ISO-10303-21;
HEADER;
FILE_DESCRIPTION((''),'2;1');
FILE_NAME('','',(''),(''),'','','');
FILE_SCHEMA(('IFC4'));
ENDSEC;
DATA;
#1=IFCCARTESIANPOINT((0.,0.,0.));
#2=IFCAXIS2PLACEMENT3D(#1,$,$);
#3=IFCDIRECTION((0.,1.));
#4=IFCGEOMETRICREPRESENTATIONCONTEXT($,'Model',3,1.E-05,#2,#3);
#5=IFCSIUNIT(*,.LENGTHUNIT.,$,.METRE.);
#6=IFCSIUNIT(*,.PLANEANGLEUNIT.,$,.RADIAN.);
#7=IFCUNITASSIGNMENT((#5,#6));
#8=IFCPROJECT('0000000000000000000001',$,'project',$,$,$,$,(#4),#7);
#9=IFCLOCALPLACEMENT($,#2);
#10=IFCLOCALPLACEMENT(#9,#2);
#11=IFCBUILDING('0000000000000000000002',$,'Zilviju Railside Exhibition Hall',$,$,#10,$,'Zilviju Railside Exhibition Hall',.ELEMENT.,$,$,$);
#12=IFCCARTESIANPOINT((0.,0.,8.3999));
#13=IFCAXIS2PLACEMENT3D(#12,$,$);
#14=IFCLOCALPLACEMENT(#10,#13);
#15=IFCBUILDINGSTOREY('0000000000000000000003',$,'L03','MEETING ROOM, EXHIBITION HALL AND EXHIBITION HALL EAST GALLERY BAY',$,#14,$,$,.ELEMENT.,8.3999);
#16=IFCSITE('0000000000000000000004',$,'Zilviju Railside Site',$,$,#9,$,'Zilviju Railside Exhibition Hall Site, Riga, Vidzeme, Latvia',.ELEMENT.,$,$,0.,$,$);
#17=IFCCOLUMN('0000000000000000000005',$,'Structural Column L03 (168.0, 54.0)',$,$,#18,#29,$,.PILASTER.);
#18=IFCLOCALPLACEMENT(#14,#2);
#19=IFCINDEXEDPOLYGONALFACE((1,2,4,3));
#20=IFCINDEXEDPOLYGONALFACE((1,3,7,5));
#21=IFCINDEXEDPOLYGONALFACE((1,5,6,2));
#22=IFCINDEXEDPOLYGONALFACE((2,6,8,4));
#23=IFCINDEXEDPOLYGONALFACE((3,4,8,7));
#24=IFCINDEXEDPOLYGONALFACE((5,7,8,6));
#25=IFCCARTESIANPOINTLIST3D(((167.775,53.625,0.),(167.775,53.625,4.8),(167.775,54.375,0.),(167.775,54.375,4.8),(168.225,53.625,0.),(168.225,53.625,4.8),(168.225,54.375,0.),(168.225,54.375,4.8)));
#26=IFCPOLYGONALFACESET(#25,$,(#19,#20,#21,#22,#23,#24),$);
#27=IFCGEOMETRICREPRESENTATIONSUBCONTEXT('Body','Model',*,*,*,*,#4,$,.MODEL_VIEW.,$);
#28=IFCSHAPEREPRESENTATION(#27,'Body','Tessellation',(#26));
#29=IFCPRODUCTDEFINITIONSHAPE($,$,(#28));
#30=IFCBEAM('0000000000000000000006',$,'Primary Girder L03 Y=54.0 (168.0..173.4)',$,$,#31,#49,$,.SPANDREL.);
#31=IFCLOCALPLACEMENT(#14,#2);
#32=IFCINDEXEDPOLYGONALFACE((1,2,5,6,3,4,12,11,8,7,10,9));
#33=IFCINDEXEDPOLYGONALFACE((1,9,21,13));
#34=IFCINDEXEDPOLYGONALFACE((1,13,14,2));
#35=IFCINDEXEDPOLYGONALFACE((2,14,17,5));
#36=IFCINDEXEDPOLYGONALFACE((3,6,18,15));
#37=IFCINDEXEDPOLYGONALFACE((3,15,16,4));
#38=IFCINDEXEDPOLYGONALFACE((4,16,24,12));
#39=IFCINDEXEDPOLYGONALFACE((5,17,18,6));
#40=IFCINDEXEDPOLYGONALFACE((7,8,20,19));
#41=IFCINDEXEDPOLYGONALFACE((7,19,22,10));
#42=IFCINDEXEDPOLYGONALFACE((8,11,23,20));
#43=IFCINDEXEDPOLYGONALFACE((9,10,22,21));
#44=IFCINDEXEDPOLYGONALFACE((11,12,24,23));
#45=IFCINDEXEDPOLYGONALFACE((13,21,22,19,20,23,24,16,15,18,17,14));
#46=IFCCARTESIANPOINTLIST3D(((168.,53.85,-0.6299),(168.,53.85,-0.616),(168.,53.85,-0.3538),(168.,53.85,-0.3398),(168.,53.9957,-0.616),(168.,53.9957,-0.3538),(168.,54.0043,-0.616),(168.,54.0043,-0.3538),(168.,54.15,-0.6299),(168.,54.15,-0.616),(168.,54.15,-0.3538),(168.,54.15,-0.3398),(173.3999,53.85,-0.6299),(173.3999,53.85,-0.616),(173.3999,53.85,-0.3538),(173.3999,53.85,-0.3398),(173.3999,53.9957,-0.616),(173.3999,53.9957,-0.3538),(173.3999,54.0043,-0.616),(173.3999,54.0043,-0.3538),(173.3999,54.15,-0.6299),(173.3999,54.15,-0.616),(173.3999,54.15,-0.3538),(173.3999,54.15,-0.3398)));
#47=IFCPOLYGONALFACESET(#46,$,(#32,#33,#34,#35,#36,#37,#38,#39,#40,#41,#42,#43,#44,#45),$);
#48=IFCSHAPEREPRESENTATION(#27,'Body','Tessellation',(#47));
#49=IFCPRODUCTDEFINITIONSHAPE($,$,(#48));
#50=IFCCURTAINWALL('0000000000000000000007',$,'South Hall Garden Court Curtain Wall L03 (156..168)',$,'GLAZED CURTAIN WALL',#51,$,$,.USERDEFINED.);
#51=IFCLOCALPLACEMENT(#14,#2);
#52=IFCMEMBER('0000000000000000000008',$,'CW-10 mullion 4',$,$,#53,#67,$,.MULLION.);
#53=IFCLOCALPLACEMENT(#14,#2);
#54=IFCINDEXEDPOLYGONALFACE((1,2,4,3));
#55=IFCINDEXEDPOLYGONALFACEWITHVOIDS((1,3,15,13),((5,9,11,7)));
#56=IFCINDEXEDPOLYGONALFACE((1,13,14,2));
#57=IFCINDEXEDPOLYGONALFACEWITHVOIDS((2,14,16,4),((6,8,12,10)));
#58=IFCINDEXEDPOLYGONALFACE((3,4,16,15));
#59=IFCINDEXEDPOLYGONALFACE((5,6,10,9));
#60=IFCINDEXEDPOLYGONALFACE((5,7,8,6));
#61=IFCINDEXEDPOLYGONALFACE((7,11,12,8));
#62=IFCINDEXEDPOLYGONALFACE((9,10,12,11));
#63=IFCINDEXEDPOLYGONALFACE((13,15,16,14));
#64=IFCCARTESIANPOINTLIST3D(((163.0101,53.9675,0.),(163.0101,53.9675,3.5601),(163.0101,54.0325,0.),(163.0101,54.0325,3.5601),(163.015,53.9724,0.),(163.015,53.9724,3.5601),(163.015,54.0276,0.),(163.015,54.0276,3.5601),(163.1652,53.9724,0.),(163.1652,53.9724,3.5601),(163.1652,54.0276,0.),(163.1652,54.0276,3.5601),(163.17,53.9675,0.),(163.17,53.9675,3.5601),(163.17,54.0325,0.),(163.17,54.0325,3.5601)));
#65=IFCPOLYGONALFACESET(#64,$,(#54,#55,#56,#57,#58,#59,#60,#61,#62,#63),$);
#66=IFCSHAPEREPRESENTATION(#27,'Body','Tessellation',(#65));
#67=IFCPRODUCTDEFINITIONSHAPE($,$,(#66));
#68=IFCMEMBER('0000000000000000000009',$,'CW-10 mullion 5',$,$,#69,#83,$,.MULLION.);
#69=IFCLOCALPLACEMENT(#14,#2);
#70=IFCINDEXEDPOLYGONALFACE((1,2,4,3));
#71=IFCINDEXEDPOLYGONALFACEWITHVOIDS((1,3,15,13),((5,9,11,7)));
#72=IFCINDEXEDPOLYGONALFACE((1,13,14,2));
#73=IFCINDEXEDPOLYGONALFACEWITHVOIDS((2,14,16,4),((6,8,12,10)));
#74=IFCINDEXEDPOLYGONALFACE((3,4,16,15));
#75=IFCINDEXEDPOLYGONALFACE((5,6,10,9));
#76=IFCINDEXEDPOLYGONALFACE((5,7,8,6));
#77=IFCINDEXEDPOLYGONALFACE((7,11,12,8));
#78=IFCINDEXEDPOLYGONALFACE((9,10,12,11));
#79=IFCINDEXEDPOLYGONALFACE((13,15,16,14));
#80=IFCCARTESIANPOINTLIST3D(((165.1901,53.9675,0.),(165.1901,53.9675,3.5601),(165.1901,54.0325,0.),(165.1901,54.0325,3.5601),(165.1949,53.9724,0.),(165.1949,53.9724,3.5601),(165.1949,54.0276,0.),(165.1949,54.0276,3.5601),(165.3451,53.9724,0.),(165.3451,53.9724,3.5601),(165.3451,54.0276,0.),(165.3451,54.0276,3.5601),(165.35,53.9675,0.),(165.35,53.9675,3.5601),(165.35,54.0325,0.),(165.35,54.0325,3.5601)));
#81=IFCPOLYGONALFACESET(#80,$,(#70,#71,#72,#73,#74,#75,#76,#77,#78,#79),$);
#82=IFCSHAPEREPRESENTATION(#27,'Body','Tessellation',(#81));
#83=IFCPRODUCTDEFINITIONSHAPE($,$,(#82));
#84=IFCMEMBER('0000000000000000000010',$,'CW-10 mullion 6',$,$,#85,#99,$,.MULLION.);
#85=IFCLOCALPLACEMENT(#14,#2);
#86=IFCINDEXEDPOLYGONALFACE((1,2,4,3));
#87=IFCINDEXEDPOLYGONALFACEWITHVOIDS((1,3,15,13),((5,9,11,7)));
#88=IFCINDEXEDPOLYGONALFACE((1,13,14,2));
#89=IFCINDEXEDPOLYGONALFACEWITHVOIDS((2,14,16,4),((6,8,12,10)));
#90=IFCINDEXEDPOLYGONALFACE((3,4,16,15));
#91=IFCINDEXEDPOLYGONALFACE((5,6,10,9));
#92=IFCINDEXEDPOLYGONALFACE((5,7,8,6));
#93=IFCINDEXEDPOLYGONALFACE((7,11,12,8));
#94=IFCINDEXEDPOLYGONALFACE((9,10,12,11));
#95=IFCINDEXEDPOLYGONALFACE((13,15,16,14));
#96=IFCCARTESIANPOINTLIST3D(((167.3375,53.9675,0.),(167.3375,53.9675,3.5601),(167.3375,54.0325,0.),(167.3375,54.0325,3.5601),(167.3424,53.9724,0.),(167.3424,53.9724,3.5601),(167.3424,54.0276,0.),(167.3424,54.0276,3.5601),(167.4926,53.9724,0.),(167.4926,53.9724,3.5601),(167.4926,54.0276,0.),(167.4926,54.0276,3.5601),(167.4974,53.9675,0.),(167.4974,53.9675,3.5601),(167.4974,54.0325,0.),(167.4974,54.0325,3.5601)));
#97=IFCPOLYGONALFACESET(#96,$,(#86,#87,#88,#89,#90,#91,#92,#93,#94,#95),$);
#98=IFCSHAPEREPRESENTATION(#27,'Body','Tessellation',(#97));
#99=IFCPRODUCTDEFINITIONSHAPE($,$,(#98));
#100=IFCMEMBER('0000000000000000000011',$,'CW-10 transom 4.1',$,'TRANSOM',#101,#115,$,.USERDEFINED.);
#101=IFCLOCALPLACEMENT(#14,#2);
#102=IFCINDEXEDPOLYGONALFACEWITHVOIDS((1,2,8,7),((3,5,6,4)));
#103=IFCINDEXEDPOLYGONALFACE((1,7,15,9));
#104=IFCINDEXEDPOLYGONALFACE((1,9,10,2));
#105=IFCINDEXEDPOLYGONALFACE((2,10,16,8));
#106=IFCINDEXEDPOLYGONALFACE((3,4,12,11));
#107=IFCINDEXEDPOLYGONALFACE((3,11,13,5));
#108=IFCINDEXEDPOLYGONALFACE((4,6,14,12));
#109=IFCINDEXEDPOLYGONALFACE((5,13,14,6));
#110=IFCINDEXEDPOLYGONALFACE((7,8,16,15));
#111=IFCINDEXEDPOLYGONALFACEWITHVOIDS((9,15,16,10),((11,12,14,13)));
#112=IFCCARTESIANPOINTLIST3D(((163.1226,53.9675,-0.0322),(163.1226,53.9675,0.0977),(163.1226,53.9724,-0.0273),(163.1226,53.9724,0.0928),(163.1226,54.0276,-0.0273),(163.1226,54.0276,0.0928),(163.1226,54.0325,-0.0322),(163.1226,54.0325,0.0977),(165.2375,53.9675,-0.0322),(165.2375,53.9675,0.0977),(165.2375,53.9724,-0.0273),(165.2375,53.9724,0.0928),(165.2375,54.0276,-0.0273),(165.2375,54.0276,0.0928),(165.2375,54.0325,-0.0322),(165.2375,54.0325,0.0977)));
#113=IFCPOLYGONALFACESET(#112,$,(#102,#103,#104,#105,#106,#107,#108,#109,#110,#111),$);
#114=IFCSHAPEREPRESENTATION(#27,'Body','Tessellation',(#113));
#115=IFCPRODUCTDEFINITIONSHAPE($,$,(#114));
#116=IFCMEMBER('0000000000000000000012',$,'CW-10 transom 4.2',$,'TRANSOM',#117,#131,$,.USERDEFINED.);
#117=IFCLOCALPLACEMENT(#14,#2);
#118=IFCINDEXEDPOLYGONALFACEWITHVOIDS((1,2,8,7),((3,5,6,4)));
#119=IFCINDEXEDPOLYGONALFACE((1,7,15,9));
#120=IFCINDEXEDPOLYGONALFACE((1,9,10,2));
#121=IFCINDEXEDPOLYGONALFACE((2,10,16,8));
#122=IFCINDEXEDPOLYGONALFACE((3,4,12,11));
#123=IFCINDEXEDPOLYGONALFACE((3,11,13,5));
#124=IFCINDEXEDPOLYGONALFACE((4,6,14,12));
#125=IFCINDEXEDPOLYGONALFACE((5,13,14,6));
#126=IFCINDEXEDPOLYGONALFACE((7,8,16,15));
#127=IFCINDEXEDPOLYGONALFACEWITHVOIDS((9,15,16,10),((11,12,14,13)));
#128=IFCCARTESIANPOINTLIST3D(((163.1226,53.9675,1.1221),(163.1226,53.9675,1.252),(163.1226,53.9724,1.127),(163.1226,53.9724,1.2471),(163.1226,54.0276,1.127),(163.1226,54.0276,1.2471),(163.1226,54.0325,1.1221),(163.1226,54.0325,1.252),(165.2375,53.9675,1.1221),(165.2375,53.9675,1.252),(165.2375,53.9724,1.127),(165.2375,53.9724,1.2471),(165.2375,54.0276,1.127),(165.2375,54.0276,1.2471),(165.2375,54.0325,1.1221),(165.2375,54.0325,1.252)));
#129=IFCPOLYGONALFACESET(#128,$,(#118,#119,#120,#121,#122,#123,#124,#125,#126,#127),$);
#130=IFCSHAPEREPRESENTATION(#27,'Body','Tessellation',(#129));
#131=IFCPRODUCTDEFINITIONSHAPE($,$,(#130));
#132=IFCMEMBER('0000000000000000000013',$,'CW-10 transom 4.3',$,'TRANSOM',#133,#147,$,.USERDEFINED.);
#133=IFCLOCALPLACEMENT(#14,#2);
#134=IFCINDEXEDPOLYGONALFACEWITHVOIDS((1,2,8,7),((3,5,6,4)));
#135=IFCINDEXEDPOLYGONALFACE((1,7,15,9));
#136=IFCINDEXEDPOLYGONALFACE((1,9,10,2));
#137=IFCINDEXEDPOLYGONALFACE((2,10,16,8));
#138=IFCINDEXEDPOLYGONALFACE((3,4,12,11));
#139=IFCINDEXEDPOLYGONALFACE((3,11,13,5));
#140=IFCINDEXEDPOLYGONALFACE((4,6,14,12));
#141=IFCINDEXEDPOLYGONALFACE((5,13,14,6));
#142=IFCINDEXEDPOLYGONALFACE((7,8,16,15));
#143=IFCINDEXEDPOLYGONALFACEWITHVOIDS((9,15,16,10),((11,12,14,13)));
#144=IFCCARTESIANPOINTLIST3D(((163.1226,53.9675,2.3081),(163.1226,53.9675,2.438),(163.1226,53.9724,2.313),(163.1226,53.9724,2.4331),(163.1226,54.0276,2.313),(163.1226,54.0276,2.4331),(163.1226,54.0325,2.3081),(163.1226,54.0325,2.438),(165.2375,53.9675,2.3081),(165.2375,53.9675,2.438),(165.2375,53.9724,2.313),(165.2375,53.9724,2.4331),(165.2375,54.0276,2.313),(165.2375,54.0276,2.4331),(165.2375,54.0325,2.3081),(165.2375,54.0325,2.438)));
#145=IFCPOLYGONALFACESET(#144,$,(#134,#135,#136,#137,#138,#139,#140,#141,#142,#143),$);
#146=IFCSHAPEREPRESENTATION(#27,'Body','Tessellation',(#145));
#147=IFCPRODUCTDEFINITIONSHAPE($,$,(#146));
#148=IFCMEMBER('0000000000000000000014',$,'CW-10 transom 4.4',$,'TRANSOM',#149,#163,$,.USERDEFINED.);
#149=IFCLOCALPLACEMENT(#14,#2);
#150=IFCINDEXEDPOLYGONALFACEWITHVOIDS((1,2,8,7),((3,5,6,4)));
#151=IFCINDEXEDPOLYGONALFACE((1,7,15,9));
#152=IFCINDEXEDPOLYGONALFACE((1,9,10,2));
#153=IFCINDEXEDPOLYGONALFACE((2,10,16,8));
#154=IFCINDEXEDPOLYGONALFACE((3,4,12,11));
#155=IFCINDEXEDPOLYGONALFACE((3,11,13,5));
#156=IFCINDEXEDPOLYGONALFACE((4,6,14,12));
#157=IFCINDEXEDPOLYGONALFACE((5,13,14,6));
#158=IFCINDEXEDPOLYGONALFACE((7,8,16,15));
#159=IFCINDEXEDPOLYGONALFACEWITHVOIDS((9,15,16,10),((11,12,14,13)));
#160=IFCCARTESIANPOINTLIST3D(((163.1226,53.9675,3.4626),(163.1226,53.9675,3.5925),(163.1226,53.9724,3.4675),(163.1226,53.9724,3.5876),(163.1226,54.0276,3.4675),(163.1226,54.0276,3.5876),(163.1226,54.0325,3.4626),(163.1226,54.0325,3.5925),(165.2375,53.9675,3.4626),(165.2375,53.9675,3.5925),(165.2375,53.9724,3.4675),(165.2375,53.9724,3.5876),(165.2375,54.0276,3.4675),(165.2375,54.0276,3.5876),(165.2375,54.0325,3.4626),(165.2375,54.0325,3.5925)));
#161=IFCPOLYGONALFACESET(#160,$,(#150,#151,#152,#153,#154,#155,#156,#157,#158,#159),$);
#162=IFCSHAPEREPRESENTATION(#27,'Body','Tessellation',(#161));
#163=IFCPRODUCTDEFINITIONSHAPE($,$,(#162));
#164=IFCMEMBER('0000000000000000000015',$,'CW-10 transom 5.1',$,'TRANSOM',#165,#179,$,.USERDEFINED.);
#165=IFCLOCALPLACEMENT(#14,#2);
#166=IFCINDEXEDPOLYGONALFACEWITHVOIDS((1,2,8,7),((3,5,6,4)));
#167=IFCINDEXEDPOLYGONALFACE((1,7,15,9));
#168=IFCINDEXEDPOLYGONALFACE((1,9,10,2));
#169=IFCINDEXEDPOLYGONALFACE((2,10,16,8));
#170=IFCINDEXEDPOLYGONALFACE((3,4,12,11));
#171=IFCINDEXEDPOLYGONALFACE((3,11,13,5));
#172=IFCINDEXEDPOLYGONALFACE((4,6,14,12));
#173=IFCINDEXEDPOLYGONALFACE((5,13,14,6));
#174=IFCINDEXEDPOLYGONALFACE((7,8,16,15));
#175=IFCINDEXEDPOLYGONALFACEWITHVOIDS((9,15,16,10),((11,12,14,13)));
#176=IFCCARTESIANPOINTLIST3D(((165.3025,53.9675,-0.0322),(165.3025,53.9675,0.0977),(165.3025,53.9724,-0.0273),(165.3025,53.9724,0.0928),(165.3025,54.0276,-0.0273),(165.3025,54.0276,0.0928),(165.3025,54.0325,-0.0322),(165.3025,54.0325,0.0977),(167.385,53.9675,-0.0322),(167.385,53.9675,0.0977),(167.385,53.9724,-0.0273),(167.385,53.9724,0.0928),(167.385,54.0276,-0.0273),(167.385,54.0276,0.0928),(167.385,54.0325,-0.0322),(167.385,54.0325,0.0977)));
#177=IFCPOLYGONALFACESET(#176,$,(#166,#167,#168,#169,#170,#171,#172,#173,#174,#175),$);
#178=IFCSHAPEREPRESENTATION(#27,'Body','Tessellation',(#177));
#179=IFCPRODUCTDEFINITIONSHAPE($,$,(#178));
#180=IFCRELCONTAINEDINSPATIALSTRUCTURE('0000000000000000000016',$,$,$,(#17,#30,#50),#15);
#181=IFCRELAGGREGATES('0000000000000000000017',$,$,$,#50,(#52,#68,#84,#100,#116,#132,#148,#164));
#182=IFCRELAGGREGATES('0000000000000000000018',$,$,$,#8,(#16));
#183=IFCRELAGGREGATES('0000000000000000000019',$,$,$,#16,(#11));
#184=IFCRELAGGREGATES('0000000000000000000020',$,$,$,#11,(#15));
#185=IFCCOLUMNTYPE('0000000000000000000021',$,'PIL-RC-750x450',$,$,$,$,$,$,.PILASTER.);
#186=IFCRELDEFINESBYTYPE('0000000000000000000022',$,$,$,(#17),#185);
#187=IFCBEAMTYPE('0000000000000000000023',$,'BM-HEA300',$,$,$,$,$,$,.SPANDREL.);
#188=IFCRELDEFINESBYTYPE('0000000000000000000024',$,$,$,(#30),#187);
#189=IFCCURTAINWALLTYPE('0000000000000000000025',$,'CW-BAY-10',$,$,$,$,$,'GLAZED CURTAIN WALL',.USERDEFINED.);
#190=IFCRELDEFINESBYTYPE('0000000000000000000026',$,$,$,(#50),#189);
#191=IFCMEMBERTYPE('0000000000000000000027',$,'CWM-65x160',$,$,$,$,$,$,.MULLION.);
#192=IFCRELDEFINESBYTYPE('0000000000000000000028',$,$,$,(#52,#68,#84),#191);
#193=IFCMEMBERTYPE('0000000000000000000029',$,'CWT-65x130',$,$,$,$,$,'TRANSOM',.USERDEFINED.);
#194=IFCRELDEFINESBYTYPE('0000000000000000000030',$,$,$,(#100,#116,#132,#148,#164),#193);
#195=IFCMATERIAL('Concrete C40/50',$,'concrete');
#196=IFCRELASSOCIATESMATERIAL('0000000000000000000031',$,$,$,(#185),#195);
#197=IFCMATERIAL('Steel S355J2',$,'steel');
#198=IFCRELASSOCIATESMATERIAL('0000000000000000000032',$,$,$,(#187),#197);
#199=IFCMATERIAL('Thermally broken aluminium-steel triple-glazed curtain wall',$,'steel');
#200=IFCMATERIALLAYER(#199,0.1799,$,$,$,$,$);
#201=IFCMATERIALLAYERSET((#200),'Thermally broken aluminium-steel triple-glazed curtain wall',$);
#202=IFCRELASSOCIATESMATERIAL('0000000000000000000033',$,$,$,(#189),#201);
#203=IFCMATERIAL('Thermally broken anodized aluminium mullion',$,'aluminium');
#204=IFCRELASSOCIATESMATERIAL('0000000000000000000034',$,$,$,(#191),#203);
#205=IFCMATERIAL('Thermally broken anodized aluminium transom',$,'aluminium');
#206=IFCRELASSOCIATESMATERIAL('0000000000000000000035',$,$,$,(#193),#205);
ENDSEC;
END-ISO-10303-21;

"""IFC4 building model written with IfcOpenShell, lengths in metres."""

from ifc_helpers import new_model, si_unit, direction, frame, origin, origin_2d, place, context, subcontext, project, spatial, rectangle, hollow_rectangle, i_section, extrude, material, layer, layer_set, material_profile, profile_set, type_object, element, aggregate, save


model = new_model("IFC4")

# Units and contexts
model_context = context("Model", 3, precision=1e-05, world=origin(), true_north=direction((0.0, 1.0)))
body_context = subcontext(model_context, "Body", "Model", "MODEL_VIEW")
ifc_project = project(units=[si_unit("LENGTHUNIT", "METRE"), si_unit("PLANEANGLEUNIT", "RADIAN")], contexts=[model_context])

# Site, building, storey
site_placement = place(None, origin())
site = spatial("IfcSite", under=ifc_project, at=site_placement, Name="Zilviju Railside Site", LongName="Zilviju Railside Exhibition Hall Site, Riga, Vidzeme, Latvia", CompositionType="ELEMENT", RefElevation=0.0)
building_placement = place(site_placement, origin())
building = spatial("IfcBuilding", under=site, at=building_placement, Name="Zilviju Railside Exhibition Hall", LongName="Zilviju Railside Exhibition Hall", CompositionType="ELEMENT")
storey_placement = place(building_placement, frame((0.0, 0.0, 8.3999)))
storey = spatial("IfcBuildingStorey", under=building, at=storey_placement, Name="L03", Description="MEETING ROOM, EXHIBITION HALL AND EXHIBITION HALL EAST GALLERY BAY", CompositionType="ELEMENT", Elevation=8.3999)

# Column
ifc_material_1 = material(Name="Concrete C40/50", Category="concrete")
ifc_material_profile_1 = material_profile(ifc_material_1, rectangle(XDim=0.45, YDim=0.75, at=origin_2d()), Name="RC COL 450x750")
ifc_profile_set_1 = profile_set([ifc_material_profile_1], Name="Concrete C40/50")
column_type = type_object("IfcColumnType", Name="PIL-RC-750x450", PredefinedType="PILASTER", material=ifc_profile_set_1)
column_placement = place(storey_placement, frame((168.0, 54.0, 0.0), z_axis=(0.0, 0.0, 1.0), x_axis=(1.0, 0.0, 0.0)))
element("IfcColumn", 1, at=column_placement, inside=storey, type_object=column_type, Name="Structural Column L03 (168.0, 54.0)", PredefinedType="PILASTER", context=body_context, shape_type="SweptSolid", body=[
    extrude(rectangle(XDim=0.45, YDim=0.75, at=origin_2d()), origin(), (0.0, 0.0, 1.0), 4.8),
])

# Beam
ifc_material_2 = material(Name="Steel S355J2", Category="steel")
ifc_material_profile_2 = material_profile(ifc_material_2, i_section(OverallWidth=0.3, OverallDepth=0.29, WebThickness=0.0085, FlangeThickness=0.0139, at=origin_2d()), Name="HEA 300")
ifc_profile_set_2 = profile_set([ifc_material_profile_2], Name="Steel S355J2")
beam_type = type_object("IfcBeamType", Name="BM-HEA300", PredefinedType="SPANDREL", material=ifc_profile_set_2)
beam_placement = place(storey_placement, frame((168.0, 54.0, -0.4849), z_axis=(1.0, 0.0, 0.0), x_axis=(0.0, 1.0, 0.0)))
element("IfcBeam", 2, at=beam_placement, inside=storey, type_object=beam_type, Name="Primary Girder L03 Y=54.0 (168.0..173.4)", PredefinedType="SPANDREL", context=body_context, shape_type="SweptSolid", body=[
    extrude(i_section(OverallWidth=0.3, OverallDepth=0.29, WebThickness=0.0085, FlangeThickness=0.0139, at=origin_2d()), origin(), (0.0, 0.0, 1.0), 5.3999),
])

# Curtain wall, members
ifc_material_3 = material(Name="Thermally broken aluminium-steel triple-glazed curtain wall", Category="steel")
ifc_layer_1 = layer(ifc_material_3, 0.1799)
ifc_layer_set_1 = layer_set([ifc_layer_1], Name="Thermally broken aluminium-steel triple-glazed curtain wall")
curtain_wall_type = type_object("IfcCurtainWallType", Name="CW-BAY-10", ElementType="GLAZED CURTAIN WALL", PredefinedType="USERDEFINED", material=ifc_layer_set_1)
curtain_wall_placement = place(storey_placement, origin())
curtain_wall = element("IfcCurtainWall", 3, at=curtain_wall_placement, inside=storey, type_object=curtain_wall_type, Name="South Hall Garden Court Curtain Wall L03 (156..168)", ObjectType="GLAZED CURTAIN WALL", PredefinedType="USERDEFINED")
ifc_material_4 = material(Name="Thermally broken anodized aluminium mullion", Category="aluminium")
ifc_material_profile_3 = material_profile(ifc_material_4, hollow_rectangle(XDim=0.0649, YDim=0.1599, WallThickness=0.0049, at=origin_2d()), Name="MULLION 160x65x5")
ifc_profile_set_3 = profile_set([ifc_material_profile_3], Name="Thermally broken anodized aluminium mullion")
member_type_1 = type_object("IfcMemberType", Name="CWM-65x160", PredefinedType="MULLION", material=ifc_profile_set_3)
member_1_placement = place(storey_placement, frame((163.0901, 54.0, 0.0), z_axis=(0.0, 0.0, 1.0), x_axis=(0.0, 1.0, 0.0)))
member_1 = element("IfcMember", 4, at=member_1_placement, type_object=member_type_1, Name="CW-10 mullion 4", PredefinedType="MULLION", context=body_context, shape_type="SweptSolid", body=[
    extrude(hollow_rectangle(XDim=0.0649, YDim=0.1599, WallThickness=0.0049, at=origin_2d()), origin(), (0.0, 0.0, 1.0), 3.5601),
])
member_2_placement = place(storey_placement, frame((165.27, 54.0, 0.0), z_axis=(0.0, 0.0, 1.0), x_axis=(0.0, 1.0, 0.0)))
member_2 = element("IfcMember", 5, at=member_2_placement, type_object=member_type_1, Name="CW-10 mullion 5", PredefinedType="MULLION", context=body_context, shape_type="SweptSolid", body=[
    extrude(hollow_rectangle(XDim=0.0649, YDim=0.1599, WallThickness=0.0049, at=origin_2d()), origin(), (0.0, 0.0, 1.0), 3.5601),
])
member_3_placement = place(storey_placement, frame((167.4175, 54.0, 0.0), z_axis=(0.0, 0.0, 1.0), x_axis=(0.0, 1.0, 0.0)))
member_3 = element("IfcMember", 6, at=member_3_placement, type_object=member_type_1, Name="CW-10 mullion 6", PredefinedType="MULLION", context=body_context, shape_type="SweptSolid", body=[
    extrude(hollow_rectangle(XDim=0.0649, YDim=0.1599, WallThickness=0.0049, at=origin_2d()), origin(), (0.0, 0.0, 1.0), 3.5601),
])
ifc_material_5 = material(Name="Thermally broken anodized aluminium transom", Category="aluminium")
ifc_material_profile_4 = material_profile(ifc_material_5, hollow_rectangle(XDim=0.0649, YDim=0.1299, WallThickness=0.0049, at=origin_2d()), Name="TRANSOM 130x65x5")
ifc_profile_set_4 = profile_set([ifc_material_profile_4], Name="Thermally broken anodized aluminium transom")
member_type_2 = type_object("IfcMemberType", Name="CWT-65x130", ElementType="TRANSOM", PredefinedType="USERDEFINED", material=ifc_profile_set_4)
member_4_placement = place(storey_placement, frame((163.1226, 54.0, 0.0327), z_axis=(1.0, 0.0, 0.0), x_axis=(0.0, 1.0, 0.0)))
member_4 = element("IfcMember", 7, at=member_4_placement, type_object=member_type_2, Name="CW-10 transom 4.1", ObjectType="TRANSOM", PredefinedType="USERDEFINED", context=body_context, shape_type="SweptSolid", body=[
    extrude(hollow_rectangle(XDim=0.0649, YDim=0.1299, WallThickness=0.0049, at=origin_2d()), origin(), (0.0, 0.0, 1.0), 2.115),
])
member_5_placement = place(storey_placement, frame((163.1226, 54.0, 1.187), z_axis=(1.0, 0.0, 0.0), x_axis=(0.0, 1.0, 0.0)))
member_5 = element("IfcMember", 8, at=member_5_placement, type_object=member_type_2, Name="CW-10 transom 4.2", ObjectType="TRANSOM", PredefinedType="USERDEFINED", context=body_context, shape_type="SweptSolid", body=[
    extrude(hollow_rectangle(XDim=0.0649, YDim=0.1299, WallThickness=0.0049, at=origin_2d()), origin(), (0.0, 0.0, 1.0), 2.115),
])
member_6_placement = place(storey_placement, frame((163.1226, 54.0, 2.373), z_axis=(1.0, 0.0, 0.0), x_axis=(0.0, 1.0, 0.0)))
member_6 = element("IfcMember", 9, at=member_6_placement, type_object=member_type_2, Name="CW-10 transom 4.3", ObjectType="TRANSOM", PredefinedType="USERDEFINED", context=body_context, shape_type="SweptSolid", body=[
    extrude(hollow_rectangle(XDim=0.0649, YDim=0.1299, WallThickness=0.0049, at=origin_2d()), origin(), (0.0, 0.0, 1.0), 2.115),
])
member_7_placement = place(storey_placement, frame((163.1226, 54.0, 3.5276), z_axis=(1.0, 0.0, 0.0), x_axis=(0.0, 1.0, 0.0)))
member_7 = element("IfcMember", 10, at=member_7_placement, type_object=member_type_2, Name="CW-10 transom 4.4", ObjectType="TRANSOM", PredefinedType="USERDEFINED", context=body_context, shape_type="SweptSolid", body=[
    extrude(hollow_rectangle(XDim=0.0649, YDim=0.1299, WallThickness=0.0049, at=origin_2d()), origin(), (0.0, 0.0, 1.0), 2.115),
])
member_8_placement = place(storey_placement, frame((165.3025, 54.0, 0.0327), z_axis=(1.0, 0.0, 0.0), x_axis=(0.0, 1.0, 0.0)))
member_8 = element("IfcMember", 11, at=member_8_placement, type_object=member_type_2, Name="CW-10 transom 5.1", ObjectType="TRANSOM", PredefinedType="USERDEFINED", context=body_context, shape_type="SweptSolid", body=[
    extrude(hollow_rectangle(XDim=0.0649, YDim=0.1299, WallThickness=0.0049, at=origin_2d()), origin(), (0.0, 0.0, 1.0), 2.0825),
])
aggregate(curtain_wall, [member_1, member_2, member_3, member_4, member_5, member_6, member_7, member_8])

save(model, "model.ifc")
